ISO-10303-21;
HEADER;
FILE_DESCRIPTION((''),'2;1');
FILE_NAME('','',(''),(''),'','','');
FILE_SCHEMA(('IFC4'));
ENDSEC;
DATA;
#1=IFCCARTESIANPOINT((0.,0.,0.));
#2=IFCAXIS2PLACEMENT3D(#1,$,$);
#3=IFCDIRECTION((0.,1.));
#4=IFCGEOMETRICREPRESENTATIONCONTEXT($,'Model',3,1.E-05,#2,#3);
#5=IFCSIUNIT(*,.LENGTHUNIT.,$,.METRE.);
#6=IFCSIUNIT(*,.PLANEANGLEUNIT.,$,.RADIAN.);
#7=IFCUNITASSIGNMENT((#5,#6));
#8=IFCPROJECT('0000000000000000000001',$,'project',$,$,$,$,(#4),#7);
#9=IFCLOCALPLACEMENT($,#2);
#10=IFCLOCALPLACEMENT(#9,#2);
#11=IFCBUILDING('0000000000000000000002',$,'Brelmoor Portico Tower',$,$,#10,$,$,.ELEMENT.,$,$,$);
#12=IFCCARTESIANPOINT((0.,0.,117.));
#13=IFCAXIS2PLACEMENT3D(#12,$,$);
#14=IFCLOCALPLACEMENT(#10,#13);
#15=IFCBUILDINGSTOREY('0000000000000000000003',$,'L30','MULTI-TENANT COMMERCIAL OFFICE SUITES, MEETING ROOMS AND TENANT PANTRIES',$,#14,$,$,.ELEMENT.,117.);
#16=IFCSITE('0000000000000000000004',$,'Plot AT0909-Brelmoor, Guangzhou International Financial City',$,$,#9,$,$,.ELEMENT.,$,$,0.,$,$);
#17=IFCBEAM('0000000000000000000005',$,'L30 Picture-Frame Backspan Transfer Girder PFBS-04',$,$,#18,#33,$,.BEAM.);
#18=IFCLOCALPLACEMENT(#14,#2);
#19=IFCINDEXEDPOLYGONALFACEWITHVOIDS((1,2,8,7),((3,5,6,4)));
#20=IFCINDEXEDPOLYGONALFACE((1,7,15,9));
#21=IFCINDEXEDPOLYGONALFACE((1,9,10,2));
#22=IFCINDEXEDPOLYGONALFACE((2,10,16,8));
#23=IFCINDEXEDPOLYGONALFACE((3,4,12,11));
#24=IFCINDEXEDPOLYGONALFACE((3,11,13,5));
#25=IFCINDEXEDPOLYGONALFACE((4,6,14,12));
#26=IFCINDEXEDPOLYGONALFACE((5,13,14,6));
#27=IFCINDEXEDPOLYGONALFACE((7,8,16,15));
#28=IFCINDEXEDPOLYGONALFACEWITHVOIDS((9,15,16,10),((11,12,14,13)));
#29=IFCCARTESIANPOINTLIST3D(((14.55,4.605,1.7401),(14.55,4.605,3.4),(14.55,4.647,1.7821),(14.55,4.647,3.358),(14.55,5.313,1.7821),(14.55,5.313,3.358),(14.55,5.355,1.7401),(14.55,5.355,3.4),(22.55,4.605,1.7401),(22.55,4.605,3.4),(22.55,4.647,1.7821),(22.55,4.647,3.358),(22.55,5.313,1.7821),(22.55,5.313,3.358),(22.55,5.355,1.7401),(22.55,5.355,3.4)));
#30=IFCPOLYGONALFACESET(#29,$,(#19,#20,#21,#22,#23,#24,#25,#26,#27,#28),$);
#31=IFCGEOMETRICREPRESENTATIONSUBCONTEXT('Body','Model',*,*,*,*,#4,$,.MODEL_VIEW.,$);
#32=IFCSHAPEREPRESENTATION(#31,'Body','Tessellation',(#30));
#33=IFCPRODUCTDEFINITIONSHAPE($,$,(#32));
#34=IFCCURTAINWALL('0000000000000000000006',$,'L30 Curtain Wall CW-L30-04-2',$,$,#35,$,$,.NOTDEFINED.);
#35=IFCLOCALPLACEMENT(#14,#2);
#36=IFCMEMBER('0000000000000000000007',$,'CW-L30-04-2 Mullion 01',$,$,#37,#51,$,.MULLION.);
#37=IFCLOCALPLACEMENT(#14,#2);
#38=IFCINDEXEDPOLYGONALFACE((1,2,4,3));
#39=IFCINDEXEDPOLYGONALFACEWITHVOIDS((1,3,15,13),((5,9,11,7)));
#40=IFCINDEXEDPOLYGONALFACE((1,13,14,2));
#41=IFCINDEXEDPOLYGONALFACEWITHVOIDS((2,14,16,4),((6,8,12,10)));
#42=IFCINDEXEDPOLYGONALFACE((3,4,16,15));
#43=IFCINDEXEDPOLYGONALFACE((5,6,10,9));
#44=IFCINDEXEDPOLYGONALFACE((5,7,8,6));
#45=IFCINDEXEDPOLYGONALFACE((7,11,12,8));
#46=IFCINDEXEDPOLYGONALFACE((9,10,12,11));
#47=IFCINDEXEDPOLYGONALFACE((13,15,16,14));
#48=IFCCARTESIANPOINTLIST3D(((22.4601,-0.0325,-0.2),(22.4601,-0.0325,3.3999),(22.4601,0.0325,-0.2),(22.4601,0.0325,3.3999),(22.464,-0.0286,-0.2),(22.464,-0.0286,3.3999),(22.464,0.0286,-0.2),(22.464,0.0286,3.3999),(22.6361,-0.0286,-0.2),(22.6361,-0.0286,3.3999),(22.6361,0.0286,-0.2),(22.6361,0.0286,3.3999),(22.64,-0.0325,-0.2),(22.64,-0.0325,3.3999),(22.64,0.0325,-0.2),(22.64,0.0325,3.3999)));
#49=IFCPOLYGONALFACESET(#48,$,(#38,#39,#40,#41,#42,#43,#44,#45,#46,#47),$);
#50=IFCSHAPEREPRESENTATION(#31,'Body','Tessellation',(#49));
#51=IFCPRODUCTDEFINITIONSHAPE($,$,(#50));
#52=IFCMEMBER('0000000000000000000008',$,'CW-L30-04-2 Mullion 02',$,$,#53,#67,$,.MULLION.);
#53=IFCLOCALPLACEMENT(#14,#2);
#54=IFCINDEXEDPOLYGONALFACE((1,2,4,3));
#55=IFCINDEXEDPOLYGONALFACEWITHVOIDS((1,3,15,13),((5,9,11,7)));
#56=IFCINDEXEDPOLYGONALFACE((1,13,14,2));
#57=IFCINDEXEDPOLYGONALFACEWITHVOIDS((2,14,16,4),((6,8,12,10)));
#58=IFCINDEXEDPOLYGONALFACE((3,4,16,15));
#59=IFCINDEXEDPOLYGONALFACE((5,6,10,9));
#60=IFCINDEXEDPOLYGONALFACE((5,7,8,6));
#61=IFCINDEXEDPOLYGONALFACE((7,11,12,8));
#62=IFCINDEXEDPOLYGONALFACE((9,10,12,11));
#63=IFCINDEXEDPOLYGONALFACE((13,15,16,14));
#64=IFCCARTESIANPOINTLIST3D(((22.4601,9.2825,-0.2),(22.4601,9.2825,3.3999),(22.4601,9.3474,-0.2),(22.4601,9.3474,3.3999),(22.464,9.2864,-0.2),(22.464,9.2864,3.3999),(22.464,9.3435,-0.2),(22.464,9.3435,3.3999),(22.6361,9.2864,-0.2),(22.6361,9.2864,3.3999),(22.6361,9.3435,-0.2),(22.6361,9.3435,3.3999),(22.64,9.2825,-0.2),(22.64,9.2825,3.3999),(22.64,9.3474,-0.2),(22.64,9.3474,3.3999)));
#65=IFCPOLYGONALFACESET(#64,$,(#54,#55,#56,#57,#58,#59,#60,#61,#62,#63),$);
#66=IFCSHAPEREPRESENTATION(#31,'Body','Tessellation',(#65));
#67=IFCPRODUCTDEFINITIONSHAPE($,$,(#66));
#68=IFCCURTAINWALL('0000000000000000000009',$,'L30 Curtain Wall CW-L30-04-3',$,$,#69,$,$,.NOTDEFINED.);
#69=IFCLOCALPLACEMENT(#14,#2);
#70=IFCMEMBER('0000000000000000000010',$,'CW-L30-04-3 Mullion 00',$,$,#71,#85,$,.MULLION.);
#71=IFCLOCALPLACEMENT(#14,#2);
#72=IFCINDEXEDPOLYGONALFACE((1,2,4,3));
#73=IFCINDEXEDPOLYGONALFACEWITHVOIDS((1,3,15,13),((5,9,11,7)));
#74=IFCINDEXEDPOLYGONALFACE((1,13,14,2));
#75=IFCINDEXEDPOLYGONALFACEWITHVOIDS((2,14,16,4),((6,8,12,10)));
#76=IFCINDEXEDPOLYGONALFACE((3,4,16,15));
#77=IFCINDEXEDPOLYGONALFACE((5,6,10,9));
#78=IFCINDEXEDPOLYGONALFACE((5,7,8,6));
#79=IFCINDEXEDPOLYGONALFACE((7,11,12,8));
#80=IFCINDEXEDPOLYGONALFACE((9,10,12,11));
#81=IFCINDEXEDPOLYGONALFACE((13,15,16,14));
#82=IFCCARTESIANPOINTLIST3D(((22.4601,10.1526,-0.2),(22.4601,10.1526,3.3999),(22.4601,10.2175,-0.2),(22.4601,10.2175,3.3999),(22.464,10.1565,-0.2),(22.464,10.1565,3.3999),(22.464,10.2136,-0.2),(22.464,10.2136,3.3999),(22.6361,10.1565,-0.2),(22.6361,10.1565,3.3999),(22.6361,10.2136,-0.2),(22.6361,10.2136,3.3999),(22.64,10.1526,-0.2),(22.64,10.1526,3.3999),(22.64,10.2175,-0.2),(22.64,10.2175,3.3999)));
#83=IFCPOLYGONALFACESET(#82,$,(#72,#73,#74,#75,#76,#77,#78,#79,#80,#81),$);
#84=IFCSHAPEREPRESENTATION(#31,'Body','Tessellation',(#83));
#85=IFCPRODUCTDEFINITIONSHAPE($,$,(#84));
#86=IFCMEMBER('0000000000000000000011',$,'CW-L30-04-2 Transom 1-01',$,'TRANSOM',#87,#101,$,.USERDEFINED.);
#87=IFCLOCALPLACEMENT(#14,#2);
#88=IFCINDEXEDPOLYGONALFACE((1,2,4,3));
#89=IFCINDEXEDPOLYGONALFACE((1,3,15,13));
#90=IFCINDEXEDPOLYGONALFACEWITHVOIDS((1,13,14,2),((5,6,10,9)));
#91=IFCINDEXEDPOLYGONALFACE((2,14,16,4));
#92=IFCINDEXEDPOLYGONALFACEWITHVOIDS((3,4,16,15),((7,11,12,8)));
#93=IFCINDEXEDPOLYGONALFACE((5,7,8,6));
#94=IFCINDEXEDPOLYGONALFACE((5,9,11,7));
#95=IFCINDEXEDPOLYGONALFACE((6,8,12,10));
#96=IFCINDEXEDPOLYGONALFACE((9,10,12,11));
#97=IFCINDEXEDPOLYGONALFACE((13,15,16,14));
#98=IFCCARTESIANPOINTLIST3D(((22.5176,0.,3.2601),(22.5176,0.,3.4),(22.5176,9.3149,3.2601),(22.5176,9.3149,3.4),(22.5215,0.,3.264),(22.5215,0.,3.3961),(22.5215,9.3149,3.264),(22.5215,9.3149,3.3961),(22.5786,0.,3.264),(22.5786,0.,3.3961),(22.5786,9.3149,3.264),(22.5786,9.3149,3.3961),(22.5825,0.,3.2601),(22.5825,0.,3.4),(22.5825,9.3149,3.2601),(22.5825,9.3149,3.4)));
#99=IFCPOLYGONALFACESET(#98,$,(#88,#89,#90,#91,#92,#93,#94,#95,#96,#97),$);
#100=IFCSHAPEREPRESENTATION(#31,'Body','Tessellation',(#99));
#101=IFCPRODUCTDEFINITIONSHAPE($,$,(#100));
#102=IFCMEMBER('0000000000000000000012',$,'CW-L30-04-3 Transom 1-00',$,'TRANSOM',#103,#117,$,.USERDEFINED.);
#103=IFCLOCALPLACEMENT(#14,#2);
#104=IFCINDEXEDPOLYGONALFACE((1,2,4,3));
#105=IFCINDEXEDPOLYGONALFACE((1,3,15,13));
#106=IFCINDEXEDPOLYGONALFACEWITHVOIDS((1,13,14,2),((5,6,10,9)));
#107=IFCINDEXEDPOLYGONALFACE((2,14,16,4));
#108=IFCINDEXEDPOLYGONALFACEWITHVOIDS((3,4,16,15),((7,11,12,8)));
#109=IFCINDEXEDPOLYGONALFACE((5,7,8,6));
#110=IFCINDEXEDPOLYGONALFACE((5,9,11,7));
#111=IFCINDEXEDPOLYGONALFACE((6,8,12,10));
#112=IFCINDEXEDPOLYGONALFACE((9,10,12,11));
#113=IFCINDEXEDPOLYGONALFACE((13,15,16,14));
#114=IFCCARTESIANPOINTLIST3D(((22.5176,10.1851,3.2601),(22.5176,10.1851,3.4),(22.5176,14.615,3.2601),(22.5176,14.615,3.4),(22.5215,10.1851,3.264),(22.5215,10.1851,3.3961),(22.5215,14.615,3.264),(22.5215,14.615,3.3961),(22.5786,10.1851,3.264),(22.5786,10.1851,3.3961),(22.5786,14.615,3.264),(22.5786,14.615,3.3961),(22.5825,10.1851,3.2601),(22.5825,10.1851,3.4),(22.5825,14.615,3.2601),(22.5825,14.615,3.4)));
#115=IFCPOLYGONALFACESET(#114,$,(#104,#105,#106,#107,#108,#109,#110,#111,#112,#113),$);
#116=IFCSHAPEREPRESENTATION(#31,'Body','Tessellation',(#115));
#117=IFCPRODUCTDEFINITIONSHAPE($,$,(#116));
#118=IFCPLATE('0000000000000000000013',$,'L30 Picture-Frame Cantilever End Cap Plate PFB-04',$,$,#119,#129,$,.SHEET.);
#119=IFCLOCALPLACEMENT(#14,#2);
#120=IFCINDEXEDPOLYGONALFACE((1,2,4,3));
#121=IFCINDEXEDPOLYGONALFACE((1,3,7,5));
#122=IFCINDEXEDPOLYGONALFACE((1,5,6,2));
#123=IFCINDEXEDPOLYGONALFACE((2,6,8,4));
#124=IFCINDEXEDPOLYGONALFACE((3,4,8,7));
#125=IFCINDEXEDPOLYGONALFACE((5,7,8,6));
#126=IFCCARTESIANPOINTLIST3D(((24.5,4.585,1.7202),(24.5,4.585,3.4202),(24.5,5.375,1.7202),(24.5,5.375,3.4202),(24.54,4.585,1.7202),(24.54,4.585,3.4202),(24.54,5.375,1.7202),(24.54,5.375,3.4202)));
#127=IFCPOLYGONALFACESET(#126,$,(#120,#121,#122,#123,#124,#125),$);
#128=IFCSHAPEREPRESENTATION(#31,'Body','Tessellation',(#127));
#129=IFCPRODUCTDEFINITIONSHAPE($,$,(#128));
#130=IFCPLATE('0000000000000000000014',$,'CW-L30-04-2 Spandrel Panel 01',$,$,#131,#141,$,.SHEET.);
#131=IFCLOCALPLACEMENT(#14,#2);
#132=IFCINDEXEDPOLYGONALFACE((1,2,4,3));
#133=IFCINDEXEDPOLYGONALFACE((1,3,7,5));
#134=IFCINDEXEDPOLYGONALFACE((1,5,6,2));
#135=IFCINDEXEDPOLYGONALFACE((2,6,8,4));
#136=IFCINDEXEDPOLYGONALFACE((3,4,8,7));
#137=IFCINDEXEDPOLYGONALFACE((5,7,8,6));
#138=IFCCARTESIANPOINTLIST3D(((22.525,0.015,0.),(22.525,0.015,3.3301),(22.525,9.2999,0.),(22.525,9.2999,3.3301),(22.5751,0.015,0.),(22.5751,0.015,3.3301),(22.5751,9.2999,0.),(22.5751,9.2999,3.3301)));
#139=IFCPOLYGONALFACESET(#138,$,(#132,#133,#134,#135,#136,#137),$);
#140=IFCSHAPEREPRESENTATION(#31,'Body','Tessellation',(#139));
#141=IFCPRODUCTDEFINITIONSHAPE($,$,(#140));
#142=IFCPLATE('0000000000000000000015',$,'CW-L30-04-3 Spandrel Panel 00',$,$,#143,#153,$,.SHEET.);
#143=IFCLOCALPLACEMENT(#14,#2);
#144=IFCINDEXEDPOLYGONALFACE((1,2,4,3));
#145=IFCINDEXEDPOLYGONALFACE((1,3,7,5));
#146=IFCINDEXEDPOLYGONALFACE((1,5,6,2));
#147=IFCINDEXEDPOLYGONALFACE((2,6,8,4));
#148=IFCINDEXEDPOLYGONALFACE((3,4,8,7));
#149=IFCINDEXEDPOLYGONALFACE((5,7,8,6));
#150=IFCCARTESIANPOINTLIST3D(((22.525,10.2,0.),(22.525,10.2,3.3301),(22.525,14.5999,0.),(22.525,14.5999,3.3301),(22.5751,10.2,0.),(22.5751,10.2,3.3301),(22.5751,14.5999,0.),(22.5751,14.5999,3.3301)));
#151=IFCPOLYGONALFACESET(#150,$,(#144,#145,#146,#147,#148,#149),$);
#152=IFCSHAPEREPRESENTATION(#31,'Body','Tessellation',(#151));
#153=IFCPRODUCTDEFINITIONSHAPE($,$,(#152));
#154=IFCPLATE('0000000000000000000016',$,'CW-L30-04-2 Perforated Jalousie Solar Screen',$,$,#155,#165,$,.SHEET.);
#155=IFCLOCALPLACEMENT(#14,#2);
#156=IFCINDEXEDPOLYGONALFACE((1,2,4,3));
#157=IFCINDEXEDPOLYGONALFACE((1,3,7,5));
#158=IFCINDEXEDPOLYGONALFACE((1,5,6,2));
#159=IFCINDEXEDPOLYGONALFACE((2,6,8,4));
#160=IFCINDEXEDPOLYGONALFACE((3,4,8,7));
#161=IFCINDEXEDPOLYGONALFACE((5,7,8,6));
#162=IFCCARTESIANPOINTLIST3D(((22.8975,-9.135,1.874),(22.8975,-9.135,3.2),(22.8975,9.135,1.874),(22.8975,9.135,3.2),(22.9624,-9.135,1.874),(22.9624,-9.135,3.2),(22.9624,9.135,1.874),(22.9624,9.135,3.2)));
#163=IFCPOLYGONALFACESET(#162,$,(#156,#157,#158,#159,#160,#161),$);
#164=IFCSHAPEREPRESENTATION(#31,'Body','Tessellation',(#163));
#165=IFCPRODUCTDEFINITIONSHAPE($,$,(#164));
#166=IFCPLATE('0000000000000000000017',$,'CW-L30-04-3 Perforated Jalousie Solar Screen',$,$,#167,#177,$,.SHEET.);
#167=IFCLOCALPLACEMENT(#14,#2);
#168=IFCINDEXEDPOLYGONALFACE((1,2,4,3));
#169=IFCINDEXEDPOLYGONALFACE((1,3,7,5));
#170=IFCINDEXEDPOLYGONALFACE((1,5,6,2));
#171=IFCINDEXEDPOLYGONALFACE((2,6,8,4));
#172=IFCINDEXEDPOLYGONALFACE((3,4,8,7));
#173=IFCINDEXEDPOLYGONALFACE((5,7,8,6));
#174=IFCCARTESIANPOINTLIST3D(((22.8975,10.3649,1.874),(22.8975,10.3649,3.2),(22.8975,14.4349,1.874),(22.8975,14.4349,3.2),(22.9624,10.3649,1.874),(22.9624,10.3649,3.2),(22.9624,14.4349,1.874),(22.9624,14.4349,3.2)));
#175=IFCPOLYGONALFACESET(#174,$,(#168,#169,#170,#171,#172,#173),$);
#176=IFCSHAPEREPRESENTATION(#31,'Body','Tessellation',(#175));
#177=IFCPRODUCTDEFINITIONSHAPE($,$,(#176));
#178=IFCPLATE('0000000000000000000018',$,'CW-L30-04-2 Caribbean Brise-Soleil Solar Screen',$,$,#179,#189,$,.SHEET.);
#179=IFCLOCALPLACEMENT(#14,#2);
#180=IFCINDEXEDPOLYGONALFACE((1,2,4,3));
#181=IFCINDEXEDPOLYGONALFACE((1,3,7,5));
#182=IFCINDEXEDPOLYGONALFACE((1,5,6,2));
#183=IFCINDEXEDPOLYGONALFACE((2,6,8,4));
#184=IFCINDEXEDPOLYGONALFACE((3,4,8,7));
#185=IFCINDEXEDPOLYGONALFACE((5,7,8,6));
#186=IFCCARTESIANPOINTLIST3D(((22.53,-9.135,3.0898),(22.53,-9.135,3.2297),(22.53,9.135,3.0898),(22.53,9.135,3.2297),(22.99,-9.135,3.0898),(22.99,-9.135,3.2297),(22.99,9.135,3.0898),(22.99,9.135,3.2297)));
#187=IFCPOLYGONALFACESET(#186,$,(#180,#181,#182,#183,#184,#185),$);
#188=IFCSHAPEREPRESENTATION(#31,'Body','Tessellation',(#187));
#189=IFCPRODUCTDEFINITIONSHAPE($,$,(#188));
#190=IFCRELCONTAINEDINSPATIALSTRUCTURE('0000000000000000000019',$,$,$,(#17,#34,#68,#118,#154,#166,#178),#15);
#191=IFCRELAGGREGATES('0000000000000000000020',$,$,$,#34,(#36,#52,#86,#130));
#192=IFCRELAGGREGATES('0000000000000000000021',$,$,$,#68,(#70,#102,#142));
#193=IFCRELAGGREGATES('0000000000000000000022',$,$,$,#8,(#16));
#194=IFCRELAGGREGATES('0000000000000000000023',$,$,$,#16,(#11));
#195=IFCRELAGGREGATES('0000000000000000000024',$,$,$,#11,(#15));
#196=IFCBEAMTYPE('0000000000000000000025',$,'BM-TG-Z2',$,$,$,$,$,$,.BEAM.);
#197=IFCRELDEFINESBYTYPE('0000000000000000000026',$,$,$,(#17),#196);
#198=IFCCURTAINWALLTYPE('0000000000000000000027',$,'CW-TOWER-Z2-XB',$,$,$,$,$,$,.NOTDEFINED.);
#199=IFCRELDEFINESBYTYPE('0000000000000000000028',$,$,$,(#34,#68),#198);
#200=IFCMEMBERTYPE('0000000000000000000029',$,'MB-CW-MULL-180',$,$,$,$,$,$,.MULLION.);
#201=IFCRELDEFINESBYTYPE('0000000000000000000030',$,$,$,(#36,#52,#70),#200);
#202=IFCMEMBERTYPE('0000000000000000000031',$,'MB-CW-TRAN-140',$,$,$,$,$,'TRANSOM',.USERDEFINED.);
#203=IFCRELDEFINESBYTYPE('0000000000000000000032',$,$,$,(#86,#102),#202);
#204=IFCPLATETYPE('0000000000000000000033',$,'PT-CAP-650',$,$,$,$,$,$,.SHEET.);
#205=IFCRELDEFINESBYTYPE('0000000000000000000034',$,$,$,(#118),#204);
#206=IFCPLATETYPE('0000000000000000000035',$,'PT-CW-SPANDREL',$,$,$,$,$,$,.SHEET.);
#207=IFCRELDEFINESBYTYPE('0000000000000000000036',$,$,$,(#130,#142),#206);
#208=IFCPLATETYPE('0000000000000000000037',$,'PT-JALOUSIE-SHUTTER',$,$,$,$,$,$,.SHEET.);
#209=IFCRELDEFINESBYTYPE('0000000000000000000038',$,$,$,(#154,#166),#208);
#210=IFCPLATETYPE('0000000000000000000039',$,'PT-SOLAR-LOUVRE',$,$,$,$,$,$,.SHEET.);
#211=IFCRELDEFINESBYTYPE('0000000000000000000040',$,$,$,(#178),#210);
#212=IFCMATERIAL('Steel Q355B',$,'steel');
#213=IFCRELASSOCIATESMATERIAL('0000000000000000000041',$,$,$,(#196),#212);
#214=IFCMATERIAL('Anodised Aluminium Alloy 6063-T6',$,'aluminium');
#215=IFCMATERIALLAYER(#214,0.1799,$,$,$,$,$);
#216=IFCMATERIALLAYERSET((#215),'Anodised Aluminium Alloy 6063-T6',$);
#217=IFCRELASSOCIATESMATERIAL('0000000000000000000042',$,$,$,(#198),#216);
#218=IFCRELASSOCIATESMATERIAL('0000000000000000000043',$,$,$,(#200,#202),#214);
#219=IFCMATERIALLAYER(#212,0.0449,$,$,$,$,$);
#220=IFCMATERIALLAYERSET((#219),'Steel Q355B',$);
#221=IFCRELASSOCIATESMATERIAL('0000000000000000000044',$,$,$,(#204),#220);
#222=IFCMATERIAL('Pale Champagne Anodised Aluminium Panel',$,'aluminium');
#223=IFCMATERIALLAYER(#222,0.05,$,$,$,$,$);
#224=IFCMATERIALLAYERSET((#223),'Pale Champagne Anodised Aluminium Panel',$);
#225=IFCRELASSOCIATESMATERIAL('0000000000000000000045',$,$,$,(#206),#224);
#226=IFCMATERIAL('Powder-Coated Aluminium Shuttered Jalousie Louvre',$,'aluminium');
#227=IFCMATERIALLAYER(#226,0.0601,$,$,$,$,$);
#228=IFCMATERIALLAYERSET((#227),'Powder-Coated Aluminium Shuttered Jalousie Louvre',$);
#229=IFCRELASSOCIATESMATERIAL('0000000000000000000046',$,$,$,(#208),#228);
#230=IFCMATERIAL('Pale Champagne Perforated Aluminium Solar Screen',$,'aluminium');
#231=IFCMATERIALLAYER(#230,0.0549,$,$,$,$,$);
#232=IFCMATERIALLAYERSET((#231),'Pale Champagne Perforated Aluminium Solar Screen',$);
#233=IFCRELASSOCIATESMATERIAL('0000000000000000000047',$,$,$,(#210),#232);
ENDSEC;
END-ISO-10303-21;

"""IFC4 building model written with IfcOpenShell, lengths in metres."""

from ifc_helpers import new_model, si_unit, direction, frame, origin, origin_2d, place, context, subcontext, project, spatial, rectangle, hollow_rectangle, extrude, material, layer, layer_set, material_profile, profile_set, type_object, element, aggregate, save


model = new_model("IFC4")

# Units and contexts
model_context = context("Model", 3, precision=1e-05, world=origin(), true_north=direction((0.0, 1.0)))
body_context = subcontext(model_context, "Body", "Model", "MODEL_VIEW")
ifc_project = project(units=[si_unit("LENGTHUNIT", "METRE"), si_unit("PLANEANGLEUNIT", "RADIAN")], contexts=[model_context])

# Site, building, storey
site_placement = place(None, origin())
site = spatial("IfcSite", under=ifc_project, at=site_placement, Name="Plot AT0909-Brelmoor, Guangzhou International Financial City", CompositionType="ELEMENT", RefElevation=0.0)
building_placement = place(site_placement, origin())
building = spatial("IfcBuilding", under=site, at=building_placement, Name="Brelmoor Portico Tower", CompositionType="ELEMENT")
storey_placement = place(building_placement, frame((0.0, 0.0, 117.0)))
storey = spatial("IfcBuildingStorey", under=building, at=storey_placement, Name="L30", Description="MULTI-TENANT COMMERCIAL OFFICE SUITES, MEETING ROOMS AND TENANT PANTRIES", CompositionType="ELEMENT", Elevation=117.0)

# Shared definitions
ifc_material_1 = material(Name="Steel Q355B", Category="steel")

# Beam
ifc_material_profile_1 = material_profile(ifc_material_1, hollow_rectangle(XDim=0.75, YDim=1.6599, WallThickness=0.042, at=origin_2d()), Name="BOX 750x1660x42")
ifc_profile_set_1 = profile_set([ifc_material_profile_1], Name="Steel Q355B")
beam_type_1 = type_object("IfcBeamType", Name="BM-TG-Z2", PredefinedType="BEAM", material=ifc_profile_set_1)
beam_1_placement = place(storey_placement, frame((14.55, 4.98, 2.5701), z_axis=(1.0, 0.0, 0.0), x_axis=(0.0, 1.0, 0.0)))
element("IfcBeam", 1, at=beam_1_placement, inside=storey, type_object=beam_type_1, Name="L30 Picture-Frame Backspan Transfer Girder PFBS-04", PredefinedType="BEAM", context=body_context, shape_type="SweptSolid", body=[
    extrude(hollow_rectangle(XDim=0.75, YDim=1.6599, WallThickness=0.042, at=origin_2d()), origin(), (0.0, 0.0, 1.0), 8.0),
])

# Curtain wall, members
ifc_material_2 = material(Name="Anodised Aluminium Alloy 6063-T6", Category="aluminium")
ifc_layer_1 = layer(ifc_material_2, 0.1799)
ifc_layer_set_1 = layer_set([ifc_layer_1], Name="Anodised Aluminium Alloy 6063-T6")
curtain_wall_type = type_object("IfcCurtainWallType", Name="CW-TOWER-Z2-XB", PredefinedType="NOTDEFINED", material=ifc_layer_set_1)
curtain_wall_1_placement = place(storey_placement, origin())
curtain_wall_1 = element("IfcCurtainWall", 2, at=curtain_wall_1_placement, inside=storey, type_object=curtain_wall_type, Name="L30 Curtain Wall CW-L30-04-2", PredefinedType="NOTDEFINED")
ifc_material_profile_2 = material_profile(ifc_material_2, hollow_rectangle(XDim=0.0649, YDim=0.1799, WallThickness=0.0039, at=origin_2d()), Name="ALU MULLION 65x180")
ifc_profile_set_2 = profile_set([ifc_material_profile_2], Name="Anodised Aluminium Alloy 6063-T6")
member_type_1 = type_object("IfcMemberType", Name="MB-CW-MULL-180", PredefinedType="MULLION", material=ifc_profile_set_2)
member_1_placement = place(storey_placement, frame((22.55, 0.0, -0.2), z_axis=(0.0, 0.0, 1.0), x_axis=(0.0, 1.0, 0.0)))
member_1 = element("IfcMember", 3, at=member_1_placement, type_object=member_type_1, Name="CW-L30-04-2 Mullion 01", PredefinedType="MULLION", context=body_context, shape_type="SweptSolid", body=[
    extrude(hollow_rectangle(XDim=0.0649, YDim=0.1799, WallThickness=0.0039, at=origin_2d()), origin(), (0.0, 0.0, 1.0), 3.5999),
])
member_2_placement = place(storey_placement, frame((22.55, 9.3149, -0.2), z_axis=(0.0, 0.0, 1.0), x_axis=(0.0, 1.0, 0.0)))
member_2 = element("IfcMember", 4, at=member_2_placement, type_object=member_type_1, Name="CW-L30-04-2 Mullion 02", PredefinedType="MULLION", context=body_context, shape_type="SweptSolid", body=[
    extrude(hollow_rectangle(XDim=0.0649, YDim=0.1799, WallThickness=0.0039, at=origin_2d()), origin(), (0.0, 0.0, 1.0), 3.5999),
])

# Curtain wall, member
curtain_wall_2_placement = place(storey_placement, origin())
curtain_wall_2 = element("IfcCurtainWall", 5, at=curtain_wall_2_placement, inside=storey, type_object=curtain_wall_type, Name="L30 Curtain Wall CW-L30-04-3", PredefinedType="NOTDEFINED")
member_3_placement = place(storey_placement, frame((22.55, 10.1851, -0.2), z_axis=(0.0, 0.0, 1.0), x_axis=(0.0, 1.0, 0.0)))
member_3 = element("IfcMember", 6, at=member_3_placement, type_object=member_type_1, Name="CW-L30-04-3 Mullion 00", PredefinedType="MULLION", context=body_context, shape_type="SweptSolid", body=[
    extrude(hollow_rectangle(XDim=0.0649, YDim=0.1799, WallThickness=0.0039, at=origin_2d()), origin(), (0.0, 0.0, 1.0), 3.5999),
])

# Members
ifc_material_profile_3 = material_profile(ifc_material_2, hollow_rectangle(XDim=0.0649, YDim=0.1399, WallThickness=0.0039, at=origin_2d()), Name="ALU TRANSOM 65x140")
ifc_profile_set_3 = profile_set([ifc_material_profile_3], Name="Anodised Aluminium Alloy 6063-T6")
member_type_2 = type_object("IfcMemberType", Name="MB-CW-TRAN-140", ElementType="TRANSOM", PredefinedType="USERDEFINED", material=ifc_profile_set_3)
member_4_placement = place(storey_placement, frame((22.55, 0.0, 3.3301), z_axis=(0.0, 1.0, 0.0), x_axis=(-1.0, 0.0, 0.0)))
member_4 = element("IfcMember", 7, at=member_4_placement, type_object=member_type_2, Name="CW-L30-04-2 Transom 1-01", ObjectType="TRANSOM", PredefinedType="USERDEFINED", context=body_context, shape_type="SweptSolid", body=[
    extrude(hollow_rectangle(XDim=0.0649, YDim=0.1399, WallThickness=0.0039, at=origin_2d()), origin(), (0.0, 0.0, 1.0), 9.3149),
])
member_5_placement = place(storey_placement, frame((22.55, 10.1851, 3.3301), z_axis=(0.0, 1.0, 0.0), x_axis=(-1.0, 0.0, 0.0)))
member_5 = element("IfcMember", 8, at=member_5_placement, type_object=member_type_2, Name="CW-L30-04-3 Transom 1-00", ObjectType="TRANSOM", PredefinedType="USERDEFINED", context=body_context, shape_type="SweptSolid", body=[
    extrude(hollow_rectangle(XDim=0.0649, YDim=0.1399, WallThickness=0.0039, at=origin_2d()), origin(), (0.0, 0.0, 1.0), 4.4299),
])

# Plates
ifc_layer_2 = layer(ifc_material_1, 0.0449)
ifc_layer_set_2 = layer_set([ifc_layer_2], Name="Steel Q355B")
plate_type_1 = type_object("IfcPlateType", Name="PT-CAP-650", PredefinedType="SHEET", material=ifc_layer_set_2)
plate_1_placement = place(storey_placement, frame((24.52, 4.98, 1.7202), z_axis=(0.0, 0.0, 1.0), x_axis=(1.0, 0.0, 0.0)))
element("IfcPlate", 9, at=plate_1_placement, inside=storey, type_object=plate_type_1, Name="L30 Picture-Frame Cantilever End Cap Plate PFB-04", PredefinedType="SHEET", context=body_context, shape_type="SweptSolid", body=[
    extrude(rectangle(XDim=0.04, YDim=0.79, at=origin_2d()), origin(), (0.0, 0.0, 1.0), 1.7),
])
ifc_material_3 = material(Name="Pale Champagne Anodised Aluminium Panel", Category="aluminium")
ifc_layer_3 = layer(ifc_material_3, 0.05)
ifc_layer_set_3 = layer_set([ifc_layer_3], Name="Pale Champagne Anodised Aluminium Panel")
plate_type_2 = type_object("IfcPlateType", Name="PT-CW-SPANDREL", PredefinedType="SHEET", material=ifc_layer_set_3)
plate_2_placement = place(storey_placement, frame((22.55, 4.6575, 0.0), z_axis=(0.0, 0.0, 1.0), x_axis=(0.0, 1.0, 0.0)))
plate_2 = element("IfcPlate", 10, at=plate_2_placement, type_object=plate_type_2, Name="CW-L30-04-2 Spandrel Panel 01", PredefinedType="SHEET", context=body_context, shape_type="SweptSolid", body=[
    extrude(rectangle(XDim=9.2849, YDim=0.05, at=origin_2d()), origin(), (0.0, 0.0, 1.0), 3.3301),
])
aggregate(curtain_wall_1, [member_1, member_2, member_4, plate_2])
plate_3_placement = place(storey_placement, frame((22.55, 12.3999, 0.0), z_axis=(0.0, 0.0, 1.0), x_axis=(0.0, 1.0, 0.0)))
plate_3 = element("IfcPlate", 11, at=plate_3_placement, type_object=plate_type_2, Name="CW-L30-04-3 Spandrel Panel 00", PredefinedType="SHEET", context=body_context, shape_type="SweptSolid", body=[
    extrude(rectangle(XDim=4.3999, YDim=0.05, at=origin_2d()), origin(), (0.0, 0.0, 1.0), 3.3301),
])
aggregate(curtain_wall_2, [member_3, member_5, plate_3])

# Plates
ifc_material_4 = material(Name="Powder-Coated Aluminium Shuttered Jalousie Louvre", Category="aluminium")
ifc_layer_4 = layer(ifc_material_4, 0.0601)
ifc_layer_set_4 = layer_set([ifc_layer_4], Name="Powder-Coated Aluminium Shuttered Jalousie Louvre")
plate_type_3 = type_object("IfcPlateType", Name="PT-JALOUSIE-SHUTTER", PredefinedType="SHEET", material=ifc_layer_set_4)
plate_4_placement = place(storey_placement, frame((22.9299, 0.0, 1.874), z_axis=(0.0, 0.0, 1.0), x_axis=(0.0, 1.0, 0.0)))
element("IfcPlate", 12, at=plate_4_placement, inside=storey, type_object=plate_type_3, Name="CW-L30-04-2 Perforated Jalousie Solar Screen", PredefinedType="SHEET", context=body_context, shape_type="SweptSolid", body=[
    extrude(rectangle(XDim=18.27, YDim=0.0649, at=origin_2d()), origin(), (0.0, 0.0, 1.0), 1.3259),
])
plate_5_placement = place(storey_placement, frame((22.9299, 12.3999, 1.874), z_axis=(0.0, 0.0, 1.0), x_axis=(0.0, 1.0, 0.0)))
element("IfcPlate", 13, at=plate_5_placement, inside=storey, type_object=plate_type_3, Name="CW-L30-04-3 Perforated Jalousie Solar Screen", PredefinedType="SHEET", context=body_context, shape_type="SweptSolid", body=[
    extrude(rectangle(XDim=4.0701, YDim=0.0649, at=origin_2d()), origin(), (0.0, 0.0, 1.0), 1.3259),
])
ifc_material_5 = material(Name="Pale Champagne Perforated Aluminium Solar Screen", Category="aluminium")
ifc_layer_5 = layer(ifc_material_5, 0.0549)
ifc_layer_set_5 = layer_set([ifc_layer_5], Name="Pale Champagne Perforated Aluminium Solar Screen")
plate_type_4 = type_object("IfcPlateType", Name="PT-SOLAR-LOUVRE", PredefinedType="SHEET", material=ifc_layer_set_5)
plate_6_placement = place(storey_placement, frame((22.76, 0.0, 3.0898), z_axis=(0.0, 0.0, 1.0), x_axis=(0.0, 1.0, 0.0)))
element("IfcPlate", 14, at=plate_6_placement, inside=storey, type_object=plate_type_4, Name="CW-L30-04-2 Caribbean Brise-Soleil Solar Screen", PredefinedType="SHEET", context=body_context, shape_type="SweptSolid", body=[
    extrude(rectangle(XDim=18.27, YDim=0.46, at=origin_2d()), origin(), (0.0, 0.0, 1.0), 0.1399),
])

save(model, "model.ifc")
